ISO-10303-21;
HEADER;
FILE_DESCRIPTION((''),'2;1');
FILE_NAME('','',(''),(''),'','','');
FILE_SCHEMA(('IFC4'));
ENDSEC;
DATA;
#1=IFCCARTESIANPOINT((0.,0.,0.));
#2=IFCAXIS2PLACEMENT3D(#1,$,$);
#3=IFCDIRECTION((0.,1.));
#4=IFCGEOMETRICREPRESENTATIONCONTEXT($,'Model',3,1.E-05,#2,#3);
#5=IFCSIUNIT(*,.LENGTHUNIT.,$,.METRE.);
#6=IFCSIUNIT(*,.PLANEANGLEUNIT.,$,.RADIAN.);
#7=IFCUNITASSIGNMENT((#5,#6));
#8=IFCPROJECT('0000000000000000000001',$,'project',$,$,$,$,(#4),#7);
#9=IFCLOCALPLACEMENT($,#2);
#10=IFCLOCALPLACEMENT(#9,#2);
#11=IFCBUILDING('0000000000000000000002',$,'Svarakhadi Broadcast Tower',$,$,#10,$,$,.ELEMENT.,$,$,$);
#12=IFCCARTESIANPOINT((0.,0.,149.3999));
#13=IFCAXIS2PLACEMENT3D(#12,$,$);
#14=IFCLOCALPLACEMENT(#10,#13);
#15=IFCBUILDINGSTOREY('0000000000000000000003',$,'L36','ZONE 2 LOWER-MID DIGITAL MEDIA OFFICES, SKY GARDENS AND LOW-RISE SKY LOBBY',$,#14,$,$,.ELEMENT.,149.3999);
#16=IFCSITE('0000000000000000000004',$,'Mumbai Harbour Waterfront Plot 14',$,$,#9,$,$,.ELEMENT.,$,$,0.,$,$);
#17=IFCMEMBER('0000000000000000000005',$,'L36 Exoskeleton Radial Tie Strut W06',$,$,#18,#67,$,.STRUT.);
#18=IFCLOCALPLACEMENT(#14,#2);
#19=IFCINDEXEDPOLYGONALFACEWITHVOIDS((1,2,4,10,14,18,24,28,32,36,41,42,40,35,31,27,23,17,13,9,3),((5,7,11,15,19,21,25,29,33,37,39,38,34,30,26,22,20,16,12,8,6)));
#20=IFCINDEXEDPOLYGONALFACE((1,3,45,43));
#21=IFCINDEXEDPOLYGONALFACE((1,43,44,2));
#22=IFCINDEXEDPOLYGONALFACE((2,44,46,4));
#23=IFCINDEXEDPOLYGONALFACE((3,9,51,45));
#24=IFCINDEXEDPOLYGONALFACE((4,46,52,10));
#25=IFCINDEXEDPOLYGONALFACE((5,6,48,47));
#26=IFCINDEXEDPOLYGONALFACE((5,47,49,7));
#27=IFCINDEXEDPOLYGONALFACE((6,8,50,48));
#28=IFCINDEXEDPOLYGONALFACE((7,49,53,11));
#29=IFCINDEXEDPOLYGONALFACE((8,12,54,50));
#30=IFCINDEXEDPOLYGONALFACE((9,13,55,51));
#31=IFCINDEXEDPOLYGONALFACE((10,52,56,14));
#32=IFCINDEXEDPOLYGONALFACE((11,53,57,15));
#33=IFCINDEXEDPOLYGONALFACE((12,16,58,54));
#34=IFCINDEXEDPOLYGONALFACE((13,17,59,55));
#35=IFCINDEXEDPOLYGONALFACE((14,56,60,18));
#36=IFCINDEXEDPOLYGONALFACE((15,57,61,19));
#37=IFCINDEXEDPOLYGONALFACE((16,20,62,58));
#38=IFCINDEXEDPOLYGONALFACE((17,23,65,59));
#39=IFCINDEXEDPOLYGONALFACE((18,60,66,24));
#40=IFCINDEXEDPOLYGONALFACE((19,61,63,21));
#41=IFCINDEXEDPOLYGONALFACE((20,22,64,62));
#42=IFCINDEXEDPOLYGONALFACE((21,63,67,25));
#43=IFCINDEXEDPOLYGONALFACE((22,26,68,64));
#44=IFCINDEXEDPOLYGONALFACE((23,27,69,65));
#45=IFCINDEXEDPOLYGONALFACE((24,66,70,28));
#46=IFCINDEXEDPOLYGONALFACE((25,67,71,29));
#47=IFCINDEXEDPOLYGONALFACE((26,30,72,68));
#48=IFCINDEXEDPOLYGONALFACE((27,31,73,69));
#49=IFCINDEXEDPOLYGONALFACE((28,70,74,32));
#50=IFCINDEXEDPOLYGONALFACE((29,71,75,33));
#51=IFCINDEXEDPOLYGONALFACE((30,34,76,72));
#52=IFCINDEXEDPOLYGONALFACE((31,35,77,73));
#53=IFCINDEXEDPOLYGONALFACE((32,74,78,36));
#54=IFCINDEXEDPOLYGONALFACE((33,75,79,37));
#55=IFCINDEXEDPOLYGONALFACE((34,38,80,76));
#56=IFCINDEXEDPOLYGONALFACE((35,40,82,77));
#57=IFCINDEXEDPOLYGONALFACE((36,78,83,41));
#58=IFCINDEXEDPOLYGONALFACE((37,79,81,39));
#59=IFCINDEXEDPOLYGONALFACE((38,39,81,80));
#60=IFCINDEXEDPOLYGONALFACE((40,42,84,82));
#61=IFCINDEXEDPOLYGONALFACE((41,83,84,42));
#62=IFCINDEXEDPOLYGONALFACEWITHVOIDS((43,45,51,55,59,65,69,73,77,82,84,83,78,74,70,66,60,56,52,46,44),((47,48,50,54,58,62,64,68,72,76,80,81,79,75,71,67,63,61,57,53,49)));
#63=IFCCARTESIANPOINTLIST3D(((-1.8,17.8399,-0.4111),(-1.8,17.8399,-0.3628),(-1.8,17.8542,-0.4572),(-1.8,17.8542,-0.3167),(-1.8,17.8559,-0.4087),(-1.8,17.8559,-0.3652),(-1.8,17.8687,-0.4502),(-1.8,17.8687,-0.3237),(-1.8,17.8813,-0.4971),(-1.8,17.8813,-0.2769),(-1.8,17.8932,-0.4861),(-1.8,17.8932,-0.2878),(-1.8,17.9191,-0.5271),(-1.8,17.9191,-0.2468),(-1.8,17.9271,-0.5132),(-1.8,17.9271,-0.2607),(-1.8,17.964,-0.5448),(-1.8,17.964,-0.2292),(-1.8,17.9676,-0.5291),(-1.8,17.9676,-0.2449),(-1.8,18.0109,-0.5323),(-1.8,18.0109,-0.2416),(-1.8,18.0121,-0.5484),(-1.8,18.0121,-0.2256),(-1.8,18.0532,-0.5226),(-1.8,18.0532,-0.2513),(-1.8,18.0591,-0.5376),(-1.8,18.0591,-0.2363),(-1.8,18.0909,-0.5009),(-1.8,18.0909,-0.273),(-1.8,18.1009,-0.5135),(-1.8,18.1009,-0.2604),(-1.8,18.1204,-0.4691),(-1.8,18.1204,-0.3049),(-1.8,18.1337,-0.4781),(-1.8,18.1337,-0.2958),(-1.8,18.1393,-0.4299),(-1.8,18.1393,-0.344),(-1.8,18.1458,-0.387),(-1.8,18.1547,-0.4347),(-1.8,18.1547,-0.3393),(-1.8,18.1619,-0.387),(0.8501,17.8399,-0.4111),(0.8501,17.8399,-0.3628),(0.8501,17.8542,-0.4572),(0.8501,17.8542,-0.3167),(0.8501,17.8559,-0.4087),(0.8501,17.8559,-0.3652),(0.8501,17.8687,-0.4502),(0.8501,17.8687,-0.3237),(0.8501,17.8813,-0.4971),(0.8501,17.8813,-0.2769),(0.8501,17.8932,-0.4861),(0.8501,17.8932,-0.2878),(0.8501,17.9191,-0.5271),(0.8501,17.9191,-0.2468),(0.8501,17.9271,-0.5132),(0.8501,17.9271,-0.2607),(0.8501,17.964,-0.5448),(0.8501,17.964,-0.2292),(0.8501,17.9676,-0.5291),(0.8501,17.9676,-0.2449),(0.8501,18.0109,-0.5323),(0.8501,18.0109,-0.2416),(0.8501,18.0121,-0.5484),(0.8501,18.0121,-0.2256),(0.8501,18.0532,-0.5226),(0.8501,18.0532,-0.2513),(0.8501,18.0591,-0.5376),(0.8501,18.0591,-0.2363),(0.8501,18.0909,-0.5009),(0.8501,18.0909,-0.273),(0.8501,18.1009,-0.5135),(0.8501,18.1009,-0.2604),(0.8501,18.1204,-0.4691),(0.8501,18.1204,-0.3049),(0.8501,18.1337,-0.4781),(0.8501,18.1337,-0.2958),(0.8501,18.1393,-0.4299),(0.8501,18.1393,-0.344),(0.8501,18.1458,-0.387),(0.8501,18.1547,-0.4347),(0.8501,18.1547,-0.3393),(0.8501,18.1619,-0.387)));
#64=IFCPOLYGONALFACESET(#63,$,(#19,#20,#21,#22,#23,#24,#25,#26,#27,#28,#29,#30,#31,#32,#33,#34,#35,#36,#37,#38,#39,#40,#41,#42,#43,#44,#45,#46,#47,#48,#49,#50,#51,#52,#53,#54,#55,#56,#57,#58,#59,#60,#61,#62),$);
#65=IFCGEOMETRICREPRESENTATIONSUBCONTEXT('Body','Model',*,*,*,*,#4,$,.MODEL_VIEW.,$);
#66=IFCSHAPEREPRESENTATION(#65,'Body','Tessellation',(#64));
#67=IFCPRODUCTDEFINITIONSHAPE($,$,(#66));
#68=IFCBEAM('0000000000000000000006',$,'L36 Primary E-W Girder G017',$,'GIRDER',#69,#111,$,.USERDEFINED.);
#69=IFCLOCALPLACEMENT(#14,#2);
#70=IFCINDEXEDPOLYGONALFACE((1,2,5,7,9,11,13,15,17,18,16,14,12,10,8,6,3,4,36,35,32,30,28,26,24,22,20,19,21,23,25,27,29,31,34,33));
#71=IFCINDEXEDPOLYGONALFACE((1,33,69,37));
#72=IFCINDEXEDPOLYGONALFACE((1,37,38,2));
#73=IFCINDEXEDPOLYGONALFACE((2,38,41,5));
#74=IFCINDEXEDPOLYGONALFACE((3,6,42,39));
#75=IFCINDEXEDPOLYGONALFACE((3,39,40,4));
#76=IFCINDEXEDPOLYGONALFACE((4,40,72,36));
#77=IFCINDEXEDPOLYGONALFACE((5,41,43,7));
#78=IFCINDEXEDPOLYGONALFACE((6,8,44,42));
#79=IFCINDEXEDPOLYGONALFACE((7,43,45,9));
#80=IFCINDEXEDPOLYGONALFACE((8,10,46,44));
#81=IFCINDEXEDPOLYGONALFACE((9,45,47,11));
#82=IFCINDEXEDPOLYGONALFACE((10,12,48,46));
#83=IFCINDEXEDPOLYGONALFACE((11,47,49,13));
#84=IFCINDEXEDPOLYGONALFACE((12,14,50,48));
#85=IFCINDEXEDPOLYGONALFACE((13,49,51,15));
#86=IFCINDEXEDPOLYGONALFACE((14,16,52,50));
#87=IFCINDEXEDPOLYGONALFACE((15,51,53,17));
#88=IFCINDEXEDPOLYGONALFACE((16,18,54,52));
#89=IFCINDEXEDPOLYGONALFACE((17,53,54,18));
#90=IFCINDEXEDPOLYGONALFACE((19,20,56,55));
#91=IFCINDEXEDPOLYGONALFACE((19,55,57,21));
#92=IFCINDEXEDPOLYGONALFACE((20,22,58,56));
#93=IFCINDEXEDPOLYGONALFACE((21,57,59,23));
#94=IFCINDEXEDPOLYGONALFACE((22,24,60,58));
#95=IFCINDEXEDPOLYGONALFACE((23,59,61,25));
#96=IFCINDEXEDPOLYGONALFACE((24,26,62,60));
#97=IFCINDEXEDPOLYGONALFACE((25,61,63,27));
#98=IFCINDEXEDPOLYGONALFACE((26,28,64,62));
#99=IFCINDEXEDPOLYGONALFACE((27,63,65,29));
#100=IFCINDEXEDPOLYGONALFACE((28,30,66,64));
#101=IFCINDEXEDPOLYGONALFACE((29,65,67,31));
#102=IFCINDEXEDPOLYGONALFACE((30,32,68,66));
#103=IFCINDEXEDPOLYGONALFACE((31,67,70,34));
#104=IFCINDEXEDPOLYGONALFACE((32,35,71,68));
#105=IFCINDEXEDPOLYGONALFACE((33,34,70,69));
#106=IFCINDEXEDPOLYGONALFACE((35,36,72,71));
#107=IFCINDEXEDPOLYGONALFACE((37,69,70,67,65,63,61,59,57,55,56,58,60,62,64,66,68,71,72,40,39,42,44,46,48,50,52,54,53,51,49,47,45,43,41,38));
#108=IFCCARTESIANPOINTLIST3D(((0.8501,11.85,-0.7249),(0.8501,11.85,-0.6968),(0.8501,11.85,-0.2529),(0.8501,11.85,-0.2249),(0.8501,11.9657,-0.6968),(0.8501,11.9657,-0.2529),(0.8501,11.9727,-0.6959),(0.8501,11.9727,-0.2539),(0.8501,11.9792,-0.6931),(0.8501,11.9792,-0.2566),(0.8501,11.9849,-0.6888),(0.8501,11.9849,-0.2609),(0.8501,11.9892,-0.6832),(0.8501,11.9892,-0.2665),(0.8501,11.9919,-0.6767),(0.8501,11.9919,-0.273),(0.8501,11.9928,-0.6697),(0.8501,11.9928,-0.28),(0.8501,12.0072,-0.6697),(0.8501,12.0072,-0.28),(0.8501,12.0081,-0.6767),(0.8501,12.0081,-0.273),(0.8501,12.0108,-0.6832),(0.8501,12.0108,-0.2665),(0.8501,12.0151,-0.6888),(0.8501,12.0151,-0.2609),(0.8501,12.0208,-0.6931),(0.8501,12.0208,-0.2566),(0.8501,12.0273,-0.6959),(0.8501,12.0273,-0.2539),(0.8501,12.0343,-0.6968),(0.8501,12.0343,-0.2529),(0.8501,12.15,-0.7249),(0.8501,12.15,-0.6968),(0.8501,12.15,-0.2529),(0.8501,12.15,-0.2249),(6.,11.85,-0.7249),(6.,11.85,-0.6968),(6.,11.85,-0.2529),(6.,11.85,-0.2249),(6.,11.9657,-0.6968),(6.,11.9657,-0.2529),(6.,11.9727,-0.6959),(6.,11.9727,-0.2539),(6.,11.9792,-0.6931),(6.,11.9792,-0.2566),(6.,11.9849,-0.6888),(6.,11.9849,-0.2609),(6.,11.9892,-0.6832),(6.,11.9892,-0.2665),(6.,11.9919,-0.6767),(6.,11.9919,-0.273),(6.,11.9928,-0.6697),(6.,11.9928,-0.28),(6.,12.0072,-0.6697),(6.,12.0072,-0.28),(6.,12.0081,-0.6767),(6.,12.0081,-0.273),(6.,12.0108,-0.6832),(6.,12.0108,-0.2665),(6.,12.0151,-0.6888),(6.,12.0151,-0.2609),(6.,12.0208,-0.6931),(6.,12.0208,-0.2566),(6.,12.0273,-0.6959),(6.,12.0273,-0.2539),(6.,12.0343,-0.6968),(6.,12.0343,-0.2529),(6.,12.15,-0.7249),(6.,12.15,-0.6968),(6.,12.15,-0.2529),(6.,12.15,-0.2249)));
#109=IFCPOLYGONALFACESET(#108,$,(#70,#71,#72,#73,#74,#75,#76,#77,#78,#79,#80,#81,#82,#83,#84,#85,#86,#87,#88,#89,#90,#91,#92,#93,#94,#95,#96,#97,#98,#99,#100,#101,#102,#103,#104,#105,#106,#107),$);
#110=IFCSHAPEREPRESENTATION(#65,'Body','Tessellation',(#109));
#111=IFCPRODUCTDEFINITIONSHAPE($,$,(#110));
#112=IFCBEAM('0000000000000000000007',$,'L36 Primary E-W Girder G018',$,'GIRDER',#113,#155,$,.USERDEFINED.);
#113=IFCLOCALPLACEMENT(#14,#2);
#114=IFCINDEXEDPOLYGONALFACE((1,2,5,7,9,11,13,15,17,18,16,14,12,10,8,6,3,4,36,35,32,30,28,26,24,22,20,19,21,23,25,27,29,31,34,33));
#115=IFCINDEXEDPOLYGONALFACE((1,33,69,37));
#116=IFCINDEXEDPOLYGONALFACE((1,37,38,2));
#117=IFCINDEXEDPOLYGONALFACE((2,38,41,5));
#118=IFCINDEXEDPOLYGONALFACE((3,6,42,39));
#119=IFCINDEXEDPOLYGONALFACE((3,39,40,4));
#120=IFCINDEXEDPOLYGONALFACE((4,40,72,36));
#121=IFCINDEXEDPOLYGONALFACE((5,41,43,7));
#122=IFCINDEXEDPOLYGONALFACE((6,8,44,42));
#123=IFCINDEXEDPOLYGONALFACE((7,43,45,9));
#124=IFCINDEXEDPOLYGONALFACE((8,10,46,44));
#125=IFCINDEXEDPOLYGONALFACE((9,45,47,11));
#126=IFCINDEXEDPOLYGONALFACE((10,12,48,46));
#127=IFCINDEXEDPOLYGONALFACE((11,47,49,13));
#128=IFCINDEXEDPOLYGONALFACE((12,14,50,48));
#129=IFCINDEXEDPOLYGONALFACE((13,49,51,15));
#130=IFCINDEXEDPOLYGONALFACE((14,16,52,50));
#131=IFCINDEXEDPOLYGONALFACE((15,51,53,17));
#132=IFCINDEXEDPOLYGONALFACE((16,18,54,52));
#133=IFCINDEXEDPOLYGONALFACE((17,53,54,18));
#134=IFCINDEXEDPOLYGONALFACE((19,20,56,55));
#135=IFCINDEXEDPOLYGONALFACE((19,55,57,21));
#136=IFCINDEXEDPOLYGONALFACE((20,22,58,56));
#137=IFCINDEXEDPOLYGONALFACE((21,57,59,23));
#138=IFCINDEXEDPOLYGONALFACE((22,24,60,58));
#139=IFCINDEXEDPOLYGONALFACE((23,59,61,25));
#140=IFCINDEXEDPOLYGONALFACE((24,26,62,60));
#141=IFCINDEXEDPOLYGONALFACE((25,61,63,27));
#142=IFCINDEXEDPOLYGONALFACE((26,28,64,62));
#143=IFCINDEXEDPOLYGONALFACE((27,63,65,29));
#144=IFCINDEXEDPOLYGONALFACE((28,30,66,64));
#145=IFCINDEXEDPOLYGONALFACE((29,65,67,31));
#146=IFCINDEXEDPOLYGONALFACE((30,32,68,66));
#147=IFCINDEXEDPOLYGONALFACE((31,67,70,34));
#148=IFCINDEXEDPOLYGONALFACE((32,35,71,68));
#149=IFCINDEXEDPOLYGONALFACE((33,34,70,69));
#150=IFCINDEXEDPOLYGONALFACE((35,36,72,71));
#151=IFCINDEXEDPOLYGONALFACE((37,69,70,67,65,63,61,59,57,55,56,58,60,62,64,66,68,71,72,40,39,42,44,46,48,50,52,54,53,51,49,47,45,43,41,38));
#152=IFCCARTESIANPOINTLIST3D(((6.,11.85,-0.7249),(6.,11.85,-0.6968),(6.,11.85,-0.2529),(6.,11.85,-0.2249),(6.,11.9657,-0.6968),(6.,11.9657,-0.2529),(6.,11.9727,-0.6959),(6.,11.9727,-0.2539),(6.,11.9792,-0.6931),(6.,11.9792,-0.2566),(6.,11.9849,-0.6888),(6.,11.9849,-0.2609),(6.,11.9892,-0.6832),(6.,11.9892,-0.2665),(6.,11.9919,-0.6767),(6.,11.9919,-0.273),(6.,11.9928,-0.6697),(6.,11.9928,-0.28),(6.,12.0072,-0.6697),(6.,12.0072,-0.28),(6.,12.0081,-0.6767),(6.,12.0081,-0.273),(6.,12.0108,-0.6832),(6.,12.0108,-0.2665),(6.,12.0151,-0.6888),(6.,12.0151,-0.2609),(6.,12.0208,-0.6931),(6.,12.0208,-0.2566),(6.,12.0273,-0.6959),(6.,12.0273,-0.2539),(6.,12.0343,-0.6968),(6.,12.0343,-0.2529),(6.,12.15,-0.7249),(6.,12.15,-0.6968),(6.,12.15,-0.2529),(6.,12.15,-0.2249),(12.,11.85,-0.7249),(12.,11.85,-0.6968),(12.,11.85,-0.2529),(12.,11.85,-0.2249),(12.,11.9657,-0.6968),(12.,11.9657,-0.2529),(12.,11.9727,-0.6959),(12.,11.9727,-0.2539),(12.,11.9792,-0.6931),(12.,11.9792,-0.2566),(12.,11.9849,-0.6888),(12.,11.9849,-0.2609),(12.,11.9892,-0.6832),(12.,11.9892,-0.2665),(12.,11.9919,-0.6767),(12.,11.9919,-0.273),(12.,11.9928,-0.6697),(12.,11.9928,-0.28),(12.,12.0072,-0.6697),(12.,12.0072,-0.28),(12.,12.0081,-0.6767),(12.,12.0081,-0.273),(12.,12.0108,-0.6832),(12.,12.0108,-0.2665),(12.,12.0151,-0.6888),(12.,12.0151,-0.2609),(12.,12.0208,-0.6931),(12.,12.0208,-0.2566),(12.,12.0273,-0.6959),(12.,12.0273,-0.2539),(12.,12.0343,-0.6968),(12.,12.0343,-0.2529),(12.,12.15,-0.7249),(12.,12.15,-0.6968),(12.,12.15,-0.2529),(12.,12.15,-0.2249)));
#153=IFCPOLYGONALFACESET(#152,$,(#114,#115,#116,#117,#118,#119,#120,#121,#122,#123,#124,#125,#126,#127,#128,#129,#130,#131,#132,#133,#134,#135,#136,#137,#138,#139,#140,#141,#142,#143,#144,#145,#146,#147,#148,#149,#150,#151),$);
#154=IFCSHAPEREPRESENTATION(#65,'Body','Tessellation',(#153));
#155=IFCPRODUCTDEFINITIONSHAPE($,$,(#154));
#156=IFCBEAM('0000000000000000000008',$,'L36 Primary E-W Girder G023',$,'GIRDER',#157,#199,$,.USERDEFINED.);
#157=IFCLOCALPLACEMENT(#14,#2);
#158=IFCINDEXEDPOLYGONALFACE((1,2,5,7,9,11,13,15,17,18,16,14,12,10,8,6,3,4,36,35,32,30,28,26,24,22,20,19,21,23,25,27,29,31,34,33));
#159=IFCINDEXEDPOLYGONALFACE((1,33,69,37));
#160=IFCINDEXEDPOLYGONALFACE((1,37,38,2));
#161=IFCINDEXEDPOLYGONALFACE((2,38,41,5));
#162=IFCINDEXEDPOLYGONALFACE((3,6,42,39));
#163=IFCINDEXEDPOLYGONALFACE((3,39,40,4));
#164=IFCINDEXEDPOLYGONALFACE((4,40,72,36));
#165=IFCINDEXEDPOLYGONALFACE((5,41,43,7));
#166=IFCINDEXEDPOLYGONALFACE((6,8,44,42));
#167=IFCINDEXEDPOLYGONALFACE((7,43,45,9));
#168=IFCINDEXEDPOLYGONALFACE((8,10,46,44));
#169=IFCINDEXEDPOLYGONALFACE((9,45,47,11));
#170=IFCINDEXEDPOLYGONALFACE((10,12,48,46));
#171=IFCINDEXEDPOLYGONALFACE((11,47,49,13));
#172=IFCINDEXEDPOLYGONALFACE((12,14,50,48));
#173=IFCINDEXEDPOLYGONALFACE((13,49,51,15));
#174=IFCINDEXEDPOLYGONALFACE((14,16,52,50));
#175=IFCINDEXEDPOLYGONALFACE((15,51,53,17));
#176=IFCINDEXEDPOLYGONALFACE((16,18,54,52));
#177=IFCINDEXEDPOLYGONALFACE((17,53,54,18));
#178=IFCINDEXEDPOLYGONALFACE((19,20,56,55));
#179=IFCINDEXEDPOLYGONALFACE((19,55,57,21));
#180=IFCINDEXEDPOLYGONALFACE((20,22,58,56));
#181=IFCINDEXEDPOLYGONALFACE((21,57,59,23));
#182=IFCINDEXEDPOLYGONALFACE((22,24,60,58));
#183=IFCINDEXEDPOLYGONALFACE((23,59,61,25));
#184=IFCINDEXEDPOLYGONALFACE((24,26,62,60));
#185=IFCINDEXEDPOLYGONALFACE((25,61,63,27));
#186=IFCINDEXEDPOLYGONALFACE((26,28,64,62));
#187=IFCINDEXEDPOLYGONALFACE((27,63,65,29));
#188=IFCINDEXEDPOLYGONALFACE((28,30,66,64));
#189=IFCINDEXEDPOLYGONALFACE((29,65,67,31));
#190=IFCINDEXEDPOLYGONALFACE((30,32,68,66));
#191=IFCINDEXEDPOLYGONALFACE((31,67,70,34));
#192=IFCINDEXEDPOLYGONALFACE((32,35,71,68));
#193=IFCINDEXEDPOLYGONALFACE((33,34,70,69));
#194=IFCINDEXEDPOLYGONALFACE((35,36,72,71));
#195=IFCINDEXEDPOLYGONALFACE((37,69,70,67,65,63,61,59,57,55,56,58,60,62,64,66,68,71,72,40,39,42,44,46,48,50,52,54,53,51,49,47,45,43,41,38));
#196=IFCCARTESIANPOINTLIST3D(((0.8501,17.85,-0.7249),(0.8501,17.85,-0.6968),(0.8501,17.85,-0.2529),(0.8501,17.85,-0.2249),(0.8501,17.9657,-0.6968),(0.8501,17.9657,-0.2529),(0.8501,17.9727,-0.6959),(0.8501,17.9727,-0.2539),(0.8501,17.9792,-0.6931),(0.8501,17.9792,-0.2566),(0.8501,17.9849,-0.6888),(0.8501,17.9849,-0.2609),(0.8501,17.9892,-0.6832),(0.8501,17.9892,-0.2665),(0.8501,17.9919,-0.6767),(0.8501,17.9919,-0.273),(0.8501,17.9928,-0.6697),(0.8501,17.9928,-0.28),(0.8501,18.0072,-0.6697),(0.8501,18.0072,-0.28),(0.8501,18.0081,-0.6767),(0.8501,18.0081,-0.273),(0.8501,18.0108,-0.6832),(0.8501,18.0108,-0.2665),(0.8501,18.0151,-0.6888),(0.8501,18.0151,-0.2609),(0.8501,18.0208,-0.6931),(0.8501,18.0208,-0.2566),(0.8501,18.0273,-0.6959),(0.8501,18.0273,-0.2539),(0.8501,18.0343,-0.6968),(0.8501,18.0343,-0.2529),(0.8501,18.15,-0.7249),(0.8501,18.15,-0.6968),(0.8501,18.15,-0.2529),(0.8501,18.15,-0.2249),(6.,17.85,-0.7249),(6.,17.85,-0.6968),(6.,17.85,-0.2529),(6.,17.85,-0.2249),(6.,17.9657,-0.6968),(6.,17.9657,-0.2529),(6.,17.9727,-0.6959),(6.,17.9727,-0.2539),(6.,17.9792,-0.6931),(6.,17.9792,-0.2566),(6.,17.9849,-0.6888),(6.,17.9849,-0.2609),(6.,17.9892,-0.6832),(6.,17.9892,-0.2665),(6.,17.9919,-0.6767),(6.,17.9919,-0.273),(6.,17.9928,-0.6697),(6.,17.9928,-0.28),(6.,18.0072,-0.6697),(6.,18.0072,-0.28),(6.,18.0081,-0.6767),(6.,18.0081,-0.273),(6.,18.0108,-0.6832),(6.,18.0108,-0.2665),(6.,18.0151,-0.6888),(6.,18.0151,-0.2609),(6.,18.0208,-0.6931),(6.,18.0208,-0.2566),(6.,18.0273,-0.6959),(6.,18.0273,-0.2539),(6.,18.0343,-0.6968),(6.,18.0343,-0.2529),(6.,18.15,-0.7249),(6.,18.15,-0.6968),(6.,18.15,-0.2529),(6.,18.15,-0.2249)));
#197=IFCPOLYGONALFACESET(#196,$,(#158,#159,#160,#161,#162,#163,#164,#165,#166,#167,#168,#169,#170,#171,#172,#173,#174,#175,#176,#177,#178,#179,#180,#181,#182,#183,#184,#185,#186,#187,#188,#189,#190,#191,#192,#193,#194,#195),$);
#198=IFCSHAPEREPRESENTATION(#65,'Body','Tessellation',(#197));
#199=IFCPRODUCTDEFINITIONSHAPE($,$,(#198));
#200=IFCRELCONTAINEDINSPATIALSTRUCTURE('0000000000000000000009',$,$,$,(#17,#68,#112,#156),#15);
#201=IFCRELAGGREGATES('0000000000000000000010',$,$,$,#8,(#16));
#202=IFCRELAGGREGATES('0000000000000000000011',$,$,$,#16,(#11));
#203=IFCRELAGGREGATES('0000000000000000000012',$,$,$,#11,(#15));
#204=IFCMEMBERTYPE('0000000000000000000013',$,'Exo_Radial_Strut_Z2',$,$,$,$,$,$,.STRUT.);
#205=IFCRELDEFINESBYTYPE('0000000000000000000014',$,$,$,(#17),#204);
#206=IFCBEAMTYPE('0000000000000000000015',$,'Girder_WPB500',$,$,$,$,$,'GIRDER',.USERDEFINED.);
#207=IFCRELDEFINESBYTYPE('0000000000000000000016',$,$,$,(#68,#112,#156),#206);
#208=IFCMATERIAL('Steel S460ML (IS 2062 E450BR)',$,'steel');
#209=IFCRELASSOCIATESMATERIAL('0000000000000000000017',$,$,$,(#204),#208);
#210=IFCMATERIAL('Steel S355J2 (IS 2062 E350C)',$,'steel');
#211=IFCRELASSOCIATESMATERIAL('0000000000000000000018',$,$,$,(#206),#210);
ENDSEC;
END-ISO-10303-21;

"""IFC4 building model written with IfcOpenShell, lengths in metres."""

from ifc_helpers import new_model, si_unit, direction, frame, origin, origin_2d, place, context, subcontext, project, spatial, hollow_circle, i_section, extrude, material, material_profile, profile_set, type_object, element, save


model = new_model("IFC4")

# Units and contexts
model_context = context("Model", 3, precision=1e-05, world=origin(), true_north=direction((0.0, 1.0)))
body_context = subcontext(model_context, "Body", "Model", "MODEL_VIEW")
ifc_project = project(units=[si_unit("LENGTHUNIT", "METRE"), si_unit("PLANEANGLEUNIT", "RADIAN")], contexts=[model_context])

# Site, building, storey
site_placement = place(None, origin())
site = spatial("IfcSite", under=ifc_project, at=site_placement, Name="Mumbai Harbour Waterfront Plot 14", CompositionType="ELEMENT", RefElevation=0.0)
building_placement = place(site_placement, origin())
building = spatial("IfcBuilding", under=site, at=building_placement, Name="Svarakhadi Broadcast Tower", CompositionType="ELEMENT")
storey_placement = place(building_placement, frame((0.0, 0.0, 149.3999)))
storey = spatial("IfcBuildingStorey", under=building, at=storey_placement, Name="L36", Description="ZONE 2 LOWER-MID DIGITAL MEDIA OFFICES, SKY GARDENS AND LOW-RISE SKY LOBBY", CompositionType="ELEMENT", Elevation=149.3999)

# Shared definitions
ifc_material_1 = material(Name="Steel S460ML (IS 2062 E450BR)", Category="steel")

# Shared definitions
ifc_material_2 = material(Name="Steel S355J2 (IS 2062 E350C)", Category="steel")

# Member
ifc_material_profile_1 = material_profile(ifc_material_1, hollow_circle(Radius=0.1619, WallThickness=0.0161, at=origin_2d()), Name="CHS 323.9x16")
ifc_profile_set_1 = profile_set([ifc_material_profile_1], Name="Steel S460ML (IS 2062 E450BR)")
member_type_1 = type_object("IfcMemberType", Name="Exo_Radial_Strut_Z2", PredefinedType="STRUT", material=ifc_profile_set_1)
member_1_placement = place(storey_placement, frame((-1.8, 18.0, -0.387), z_axis=(1.0, 0.0, 0.0), x_axis=(0.0, 1.0, 0.0)))
element("IfcMember", 1, at=member_1_placement, inside=storey, type_object=member_type_1, Name="L36 Exoskeleton Radial Tie Strut W06", PredefinedType="STRUT", context=body_context, shape_type="SweptSolid", body=[
    extrude(hollow_circle(Radius=0.1619, WallThickness=0.0161, at=origin_2d()), origin(), (0.0, 0.0, 1.0), 2.6501),
])

# Beams
ifc_material_profile_2 = material_profile(ifc_material_2, i_section(OverallWidth=0.3, OverallDepth=0.5, WebThickness=0.0144, FlangeThickness=0.0281, FilletRadius=0.0271, at=origin_2d()), Name="WPB 500x300x187")
ifc_profile_set_2 = profile_set([ifc_material_profile_2], Name="Steel S355J2 (IS 2062 E350C)")
beam_type_1 = type_object("IfcBeamType", Name="Girder_WPB500", ElementType="GIRDER", PredefinedType="USERDEFINED", material=ifc_profile_set_2)
beam_1_placement = place(storey_placement, frame((0.8501, 12.0, -0.4749), z_axis=(1.0, 0.0, 0.0), x_axis=(0.0, 1.0, 0.0)))
element("IfcBeam", 2, at=beam_1_placement, inside=storey, type_object=beam_type_1, Name="L36 Primary E-W Girder G017", ObjectType="GIRDER", PredefinedType="USERDEFINED", context=body_context, shape_type="SweptSolid", body=[
    extrude(i_section(OverallWidth=0.3, OverallDepth=0.5, WebThickness=0.0144, FlangeThickness=0.0281, FilletRadius=0.0271, at=origin_2d()), origin(), (0.0, 0.0, 1.0), 5.1499),
])
beam_2_placement = place(storey_placement, frame((6.0, 12.0, -0.4749), z_axis=(1.0, 0.0, 0.0), x_axis=(0.0, 1.0, 0.0)))
element("IfcBeam", 3, at=beam_2_placement, inside=storey, type_object=beam_type_1, Name="L36 Primary E-W Girder G018", ObjectType="GIRDER", PredefinedType="USERDEFINED", context=body_context, shape_type="SweptSolid", body=[
    extrude(i_section(OverallWidth=0.3, OverallDepth=0.5, WebThickness=0.0144, FlangeThickness=0.0281, FilletRadius=0.0271, at=origin_2d()), origin(), (0.0, 0.0, 1.0), 6.0),
])
beam_3_placement = place(storey_placement, frame((0.8501, 18.0, -0.4749), z_axis=(1.0, 0.0, 0.0), x_axis=(0.0, 1.0, 0.0)))
element("IfcBeam", 4, at=beam_3_placement, inside=storey, type_object=beam_type_1, Name="L36 Primary E-W Girder G023", ObjectType="GIRDER", PredefinedType="USERDEFINED", context=body_context, shape_type="SweptSolid", body=[
    extrude(i_section(OverallWidth=0.3, OverallDepth=0.5, WebThickness=0.0144, FlangeThickness=0.0281, FilletRadius=0.0271, at=origin_2d()), origin(), (0.0, 0.0, 1.0), 5.1499),
])

save(model, "model.ifc")
